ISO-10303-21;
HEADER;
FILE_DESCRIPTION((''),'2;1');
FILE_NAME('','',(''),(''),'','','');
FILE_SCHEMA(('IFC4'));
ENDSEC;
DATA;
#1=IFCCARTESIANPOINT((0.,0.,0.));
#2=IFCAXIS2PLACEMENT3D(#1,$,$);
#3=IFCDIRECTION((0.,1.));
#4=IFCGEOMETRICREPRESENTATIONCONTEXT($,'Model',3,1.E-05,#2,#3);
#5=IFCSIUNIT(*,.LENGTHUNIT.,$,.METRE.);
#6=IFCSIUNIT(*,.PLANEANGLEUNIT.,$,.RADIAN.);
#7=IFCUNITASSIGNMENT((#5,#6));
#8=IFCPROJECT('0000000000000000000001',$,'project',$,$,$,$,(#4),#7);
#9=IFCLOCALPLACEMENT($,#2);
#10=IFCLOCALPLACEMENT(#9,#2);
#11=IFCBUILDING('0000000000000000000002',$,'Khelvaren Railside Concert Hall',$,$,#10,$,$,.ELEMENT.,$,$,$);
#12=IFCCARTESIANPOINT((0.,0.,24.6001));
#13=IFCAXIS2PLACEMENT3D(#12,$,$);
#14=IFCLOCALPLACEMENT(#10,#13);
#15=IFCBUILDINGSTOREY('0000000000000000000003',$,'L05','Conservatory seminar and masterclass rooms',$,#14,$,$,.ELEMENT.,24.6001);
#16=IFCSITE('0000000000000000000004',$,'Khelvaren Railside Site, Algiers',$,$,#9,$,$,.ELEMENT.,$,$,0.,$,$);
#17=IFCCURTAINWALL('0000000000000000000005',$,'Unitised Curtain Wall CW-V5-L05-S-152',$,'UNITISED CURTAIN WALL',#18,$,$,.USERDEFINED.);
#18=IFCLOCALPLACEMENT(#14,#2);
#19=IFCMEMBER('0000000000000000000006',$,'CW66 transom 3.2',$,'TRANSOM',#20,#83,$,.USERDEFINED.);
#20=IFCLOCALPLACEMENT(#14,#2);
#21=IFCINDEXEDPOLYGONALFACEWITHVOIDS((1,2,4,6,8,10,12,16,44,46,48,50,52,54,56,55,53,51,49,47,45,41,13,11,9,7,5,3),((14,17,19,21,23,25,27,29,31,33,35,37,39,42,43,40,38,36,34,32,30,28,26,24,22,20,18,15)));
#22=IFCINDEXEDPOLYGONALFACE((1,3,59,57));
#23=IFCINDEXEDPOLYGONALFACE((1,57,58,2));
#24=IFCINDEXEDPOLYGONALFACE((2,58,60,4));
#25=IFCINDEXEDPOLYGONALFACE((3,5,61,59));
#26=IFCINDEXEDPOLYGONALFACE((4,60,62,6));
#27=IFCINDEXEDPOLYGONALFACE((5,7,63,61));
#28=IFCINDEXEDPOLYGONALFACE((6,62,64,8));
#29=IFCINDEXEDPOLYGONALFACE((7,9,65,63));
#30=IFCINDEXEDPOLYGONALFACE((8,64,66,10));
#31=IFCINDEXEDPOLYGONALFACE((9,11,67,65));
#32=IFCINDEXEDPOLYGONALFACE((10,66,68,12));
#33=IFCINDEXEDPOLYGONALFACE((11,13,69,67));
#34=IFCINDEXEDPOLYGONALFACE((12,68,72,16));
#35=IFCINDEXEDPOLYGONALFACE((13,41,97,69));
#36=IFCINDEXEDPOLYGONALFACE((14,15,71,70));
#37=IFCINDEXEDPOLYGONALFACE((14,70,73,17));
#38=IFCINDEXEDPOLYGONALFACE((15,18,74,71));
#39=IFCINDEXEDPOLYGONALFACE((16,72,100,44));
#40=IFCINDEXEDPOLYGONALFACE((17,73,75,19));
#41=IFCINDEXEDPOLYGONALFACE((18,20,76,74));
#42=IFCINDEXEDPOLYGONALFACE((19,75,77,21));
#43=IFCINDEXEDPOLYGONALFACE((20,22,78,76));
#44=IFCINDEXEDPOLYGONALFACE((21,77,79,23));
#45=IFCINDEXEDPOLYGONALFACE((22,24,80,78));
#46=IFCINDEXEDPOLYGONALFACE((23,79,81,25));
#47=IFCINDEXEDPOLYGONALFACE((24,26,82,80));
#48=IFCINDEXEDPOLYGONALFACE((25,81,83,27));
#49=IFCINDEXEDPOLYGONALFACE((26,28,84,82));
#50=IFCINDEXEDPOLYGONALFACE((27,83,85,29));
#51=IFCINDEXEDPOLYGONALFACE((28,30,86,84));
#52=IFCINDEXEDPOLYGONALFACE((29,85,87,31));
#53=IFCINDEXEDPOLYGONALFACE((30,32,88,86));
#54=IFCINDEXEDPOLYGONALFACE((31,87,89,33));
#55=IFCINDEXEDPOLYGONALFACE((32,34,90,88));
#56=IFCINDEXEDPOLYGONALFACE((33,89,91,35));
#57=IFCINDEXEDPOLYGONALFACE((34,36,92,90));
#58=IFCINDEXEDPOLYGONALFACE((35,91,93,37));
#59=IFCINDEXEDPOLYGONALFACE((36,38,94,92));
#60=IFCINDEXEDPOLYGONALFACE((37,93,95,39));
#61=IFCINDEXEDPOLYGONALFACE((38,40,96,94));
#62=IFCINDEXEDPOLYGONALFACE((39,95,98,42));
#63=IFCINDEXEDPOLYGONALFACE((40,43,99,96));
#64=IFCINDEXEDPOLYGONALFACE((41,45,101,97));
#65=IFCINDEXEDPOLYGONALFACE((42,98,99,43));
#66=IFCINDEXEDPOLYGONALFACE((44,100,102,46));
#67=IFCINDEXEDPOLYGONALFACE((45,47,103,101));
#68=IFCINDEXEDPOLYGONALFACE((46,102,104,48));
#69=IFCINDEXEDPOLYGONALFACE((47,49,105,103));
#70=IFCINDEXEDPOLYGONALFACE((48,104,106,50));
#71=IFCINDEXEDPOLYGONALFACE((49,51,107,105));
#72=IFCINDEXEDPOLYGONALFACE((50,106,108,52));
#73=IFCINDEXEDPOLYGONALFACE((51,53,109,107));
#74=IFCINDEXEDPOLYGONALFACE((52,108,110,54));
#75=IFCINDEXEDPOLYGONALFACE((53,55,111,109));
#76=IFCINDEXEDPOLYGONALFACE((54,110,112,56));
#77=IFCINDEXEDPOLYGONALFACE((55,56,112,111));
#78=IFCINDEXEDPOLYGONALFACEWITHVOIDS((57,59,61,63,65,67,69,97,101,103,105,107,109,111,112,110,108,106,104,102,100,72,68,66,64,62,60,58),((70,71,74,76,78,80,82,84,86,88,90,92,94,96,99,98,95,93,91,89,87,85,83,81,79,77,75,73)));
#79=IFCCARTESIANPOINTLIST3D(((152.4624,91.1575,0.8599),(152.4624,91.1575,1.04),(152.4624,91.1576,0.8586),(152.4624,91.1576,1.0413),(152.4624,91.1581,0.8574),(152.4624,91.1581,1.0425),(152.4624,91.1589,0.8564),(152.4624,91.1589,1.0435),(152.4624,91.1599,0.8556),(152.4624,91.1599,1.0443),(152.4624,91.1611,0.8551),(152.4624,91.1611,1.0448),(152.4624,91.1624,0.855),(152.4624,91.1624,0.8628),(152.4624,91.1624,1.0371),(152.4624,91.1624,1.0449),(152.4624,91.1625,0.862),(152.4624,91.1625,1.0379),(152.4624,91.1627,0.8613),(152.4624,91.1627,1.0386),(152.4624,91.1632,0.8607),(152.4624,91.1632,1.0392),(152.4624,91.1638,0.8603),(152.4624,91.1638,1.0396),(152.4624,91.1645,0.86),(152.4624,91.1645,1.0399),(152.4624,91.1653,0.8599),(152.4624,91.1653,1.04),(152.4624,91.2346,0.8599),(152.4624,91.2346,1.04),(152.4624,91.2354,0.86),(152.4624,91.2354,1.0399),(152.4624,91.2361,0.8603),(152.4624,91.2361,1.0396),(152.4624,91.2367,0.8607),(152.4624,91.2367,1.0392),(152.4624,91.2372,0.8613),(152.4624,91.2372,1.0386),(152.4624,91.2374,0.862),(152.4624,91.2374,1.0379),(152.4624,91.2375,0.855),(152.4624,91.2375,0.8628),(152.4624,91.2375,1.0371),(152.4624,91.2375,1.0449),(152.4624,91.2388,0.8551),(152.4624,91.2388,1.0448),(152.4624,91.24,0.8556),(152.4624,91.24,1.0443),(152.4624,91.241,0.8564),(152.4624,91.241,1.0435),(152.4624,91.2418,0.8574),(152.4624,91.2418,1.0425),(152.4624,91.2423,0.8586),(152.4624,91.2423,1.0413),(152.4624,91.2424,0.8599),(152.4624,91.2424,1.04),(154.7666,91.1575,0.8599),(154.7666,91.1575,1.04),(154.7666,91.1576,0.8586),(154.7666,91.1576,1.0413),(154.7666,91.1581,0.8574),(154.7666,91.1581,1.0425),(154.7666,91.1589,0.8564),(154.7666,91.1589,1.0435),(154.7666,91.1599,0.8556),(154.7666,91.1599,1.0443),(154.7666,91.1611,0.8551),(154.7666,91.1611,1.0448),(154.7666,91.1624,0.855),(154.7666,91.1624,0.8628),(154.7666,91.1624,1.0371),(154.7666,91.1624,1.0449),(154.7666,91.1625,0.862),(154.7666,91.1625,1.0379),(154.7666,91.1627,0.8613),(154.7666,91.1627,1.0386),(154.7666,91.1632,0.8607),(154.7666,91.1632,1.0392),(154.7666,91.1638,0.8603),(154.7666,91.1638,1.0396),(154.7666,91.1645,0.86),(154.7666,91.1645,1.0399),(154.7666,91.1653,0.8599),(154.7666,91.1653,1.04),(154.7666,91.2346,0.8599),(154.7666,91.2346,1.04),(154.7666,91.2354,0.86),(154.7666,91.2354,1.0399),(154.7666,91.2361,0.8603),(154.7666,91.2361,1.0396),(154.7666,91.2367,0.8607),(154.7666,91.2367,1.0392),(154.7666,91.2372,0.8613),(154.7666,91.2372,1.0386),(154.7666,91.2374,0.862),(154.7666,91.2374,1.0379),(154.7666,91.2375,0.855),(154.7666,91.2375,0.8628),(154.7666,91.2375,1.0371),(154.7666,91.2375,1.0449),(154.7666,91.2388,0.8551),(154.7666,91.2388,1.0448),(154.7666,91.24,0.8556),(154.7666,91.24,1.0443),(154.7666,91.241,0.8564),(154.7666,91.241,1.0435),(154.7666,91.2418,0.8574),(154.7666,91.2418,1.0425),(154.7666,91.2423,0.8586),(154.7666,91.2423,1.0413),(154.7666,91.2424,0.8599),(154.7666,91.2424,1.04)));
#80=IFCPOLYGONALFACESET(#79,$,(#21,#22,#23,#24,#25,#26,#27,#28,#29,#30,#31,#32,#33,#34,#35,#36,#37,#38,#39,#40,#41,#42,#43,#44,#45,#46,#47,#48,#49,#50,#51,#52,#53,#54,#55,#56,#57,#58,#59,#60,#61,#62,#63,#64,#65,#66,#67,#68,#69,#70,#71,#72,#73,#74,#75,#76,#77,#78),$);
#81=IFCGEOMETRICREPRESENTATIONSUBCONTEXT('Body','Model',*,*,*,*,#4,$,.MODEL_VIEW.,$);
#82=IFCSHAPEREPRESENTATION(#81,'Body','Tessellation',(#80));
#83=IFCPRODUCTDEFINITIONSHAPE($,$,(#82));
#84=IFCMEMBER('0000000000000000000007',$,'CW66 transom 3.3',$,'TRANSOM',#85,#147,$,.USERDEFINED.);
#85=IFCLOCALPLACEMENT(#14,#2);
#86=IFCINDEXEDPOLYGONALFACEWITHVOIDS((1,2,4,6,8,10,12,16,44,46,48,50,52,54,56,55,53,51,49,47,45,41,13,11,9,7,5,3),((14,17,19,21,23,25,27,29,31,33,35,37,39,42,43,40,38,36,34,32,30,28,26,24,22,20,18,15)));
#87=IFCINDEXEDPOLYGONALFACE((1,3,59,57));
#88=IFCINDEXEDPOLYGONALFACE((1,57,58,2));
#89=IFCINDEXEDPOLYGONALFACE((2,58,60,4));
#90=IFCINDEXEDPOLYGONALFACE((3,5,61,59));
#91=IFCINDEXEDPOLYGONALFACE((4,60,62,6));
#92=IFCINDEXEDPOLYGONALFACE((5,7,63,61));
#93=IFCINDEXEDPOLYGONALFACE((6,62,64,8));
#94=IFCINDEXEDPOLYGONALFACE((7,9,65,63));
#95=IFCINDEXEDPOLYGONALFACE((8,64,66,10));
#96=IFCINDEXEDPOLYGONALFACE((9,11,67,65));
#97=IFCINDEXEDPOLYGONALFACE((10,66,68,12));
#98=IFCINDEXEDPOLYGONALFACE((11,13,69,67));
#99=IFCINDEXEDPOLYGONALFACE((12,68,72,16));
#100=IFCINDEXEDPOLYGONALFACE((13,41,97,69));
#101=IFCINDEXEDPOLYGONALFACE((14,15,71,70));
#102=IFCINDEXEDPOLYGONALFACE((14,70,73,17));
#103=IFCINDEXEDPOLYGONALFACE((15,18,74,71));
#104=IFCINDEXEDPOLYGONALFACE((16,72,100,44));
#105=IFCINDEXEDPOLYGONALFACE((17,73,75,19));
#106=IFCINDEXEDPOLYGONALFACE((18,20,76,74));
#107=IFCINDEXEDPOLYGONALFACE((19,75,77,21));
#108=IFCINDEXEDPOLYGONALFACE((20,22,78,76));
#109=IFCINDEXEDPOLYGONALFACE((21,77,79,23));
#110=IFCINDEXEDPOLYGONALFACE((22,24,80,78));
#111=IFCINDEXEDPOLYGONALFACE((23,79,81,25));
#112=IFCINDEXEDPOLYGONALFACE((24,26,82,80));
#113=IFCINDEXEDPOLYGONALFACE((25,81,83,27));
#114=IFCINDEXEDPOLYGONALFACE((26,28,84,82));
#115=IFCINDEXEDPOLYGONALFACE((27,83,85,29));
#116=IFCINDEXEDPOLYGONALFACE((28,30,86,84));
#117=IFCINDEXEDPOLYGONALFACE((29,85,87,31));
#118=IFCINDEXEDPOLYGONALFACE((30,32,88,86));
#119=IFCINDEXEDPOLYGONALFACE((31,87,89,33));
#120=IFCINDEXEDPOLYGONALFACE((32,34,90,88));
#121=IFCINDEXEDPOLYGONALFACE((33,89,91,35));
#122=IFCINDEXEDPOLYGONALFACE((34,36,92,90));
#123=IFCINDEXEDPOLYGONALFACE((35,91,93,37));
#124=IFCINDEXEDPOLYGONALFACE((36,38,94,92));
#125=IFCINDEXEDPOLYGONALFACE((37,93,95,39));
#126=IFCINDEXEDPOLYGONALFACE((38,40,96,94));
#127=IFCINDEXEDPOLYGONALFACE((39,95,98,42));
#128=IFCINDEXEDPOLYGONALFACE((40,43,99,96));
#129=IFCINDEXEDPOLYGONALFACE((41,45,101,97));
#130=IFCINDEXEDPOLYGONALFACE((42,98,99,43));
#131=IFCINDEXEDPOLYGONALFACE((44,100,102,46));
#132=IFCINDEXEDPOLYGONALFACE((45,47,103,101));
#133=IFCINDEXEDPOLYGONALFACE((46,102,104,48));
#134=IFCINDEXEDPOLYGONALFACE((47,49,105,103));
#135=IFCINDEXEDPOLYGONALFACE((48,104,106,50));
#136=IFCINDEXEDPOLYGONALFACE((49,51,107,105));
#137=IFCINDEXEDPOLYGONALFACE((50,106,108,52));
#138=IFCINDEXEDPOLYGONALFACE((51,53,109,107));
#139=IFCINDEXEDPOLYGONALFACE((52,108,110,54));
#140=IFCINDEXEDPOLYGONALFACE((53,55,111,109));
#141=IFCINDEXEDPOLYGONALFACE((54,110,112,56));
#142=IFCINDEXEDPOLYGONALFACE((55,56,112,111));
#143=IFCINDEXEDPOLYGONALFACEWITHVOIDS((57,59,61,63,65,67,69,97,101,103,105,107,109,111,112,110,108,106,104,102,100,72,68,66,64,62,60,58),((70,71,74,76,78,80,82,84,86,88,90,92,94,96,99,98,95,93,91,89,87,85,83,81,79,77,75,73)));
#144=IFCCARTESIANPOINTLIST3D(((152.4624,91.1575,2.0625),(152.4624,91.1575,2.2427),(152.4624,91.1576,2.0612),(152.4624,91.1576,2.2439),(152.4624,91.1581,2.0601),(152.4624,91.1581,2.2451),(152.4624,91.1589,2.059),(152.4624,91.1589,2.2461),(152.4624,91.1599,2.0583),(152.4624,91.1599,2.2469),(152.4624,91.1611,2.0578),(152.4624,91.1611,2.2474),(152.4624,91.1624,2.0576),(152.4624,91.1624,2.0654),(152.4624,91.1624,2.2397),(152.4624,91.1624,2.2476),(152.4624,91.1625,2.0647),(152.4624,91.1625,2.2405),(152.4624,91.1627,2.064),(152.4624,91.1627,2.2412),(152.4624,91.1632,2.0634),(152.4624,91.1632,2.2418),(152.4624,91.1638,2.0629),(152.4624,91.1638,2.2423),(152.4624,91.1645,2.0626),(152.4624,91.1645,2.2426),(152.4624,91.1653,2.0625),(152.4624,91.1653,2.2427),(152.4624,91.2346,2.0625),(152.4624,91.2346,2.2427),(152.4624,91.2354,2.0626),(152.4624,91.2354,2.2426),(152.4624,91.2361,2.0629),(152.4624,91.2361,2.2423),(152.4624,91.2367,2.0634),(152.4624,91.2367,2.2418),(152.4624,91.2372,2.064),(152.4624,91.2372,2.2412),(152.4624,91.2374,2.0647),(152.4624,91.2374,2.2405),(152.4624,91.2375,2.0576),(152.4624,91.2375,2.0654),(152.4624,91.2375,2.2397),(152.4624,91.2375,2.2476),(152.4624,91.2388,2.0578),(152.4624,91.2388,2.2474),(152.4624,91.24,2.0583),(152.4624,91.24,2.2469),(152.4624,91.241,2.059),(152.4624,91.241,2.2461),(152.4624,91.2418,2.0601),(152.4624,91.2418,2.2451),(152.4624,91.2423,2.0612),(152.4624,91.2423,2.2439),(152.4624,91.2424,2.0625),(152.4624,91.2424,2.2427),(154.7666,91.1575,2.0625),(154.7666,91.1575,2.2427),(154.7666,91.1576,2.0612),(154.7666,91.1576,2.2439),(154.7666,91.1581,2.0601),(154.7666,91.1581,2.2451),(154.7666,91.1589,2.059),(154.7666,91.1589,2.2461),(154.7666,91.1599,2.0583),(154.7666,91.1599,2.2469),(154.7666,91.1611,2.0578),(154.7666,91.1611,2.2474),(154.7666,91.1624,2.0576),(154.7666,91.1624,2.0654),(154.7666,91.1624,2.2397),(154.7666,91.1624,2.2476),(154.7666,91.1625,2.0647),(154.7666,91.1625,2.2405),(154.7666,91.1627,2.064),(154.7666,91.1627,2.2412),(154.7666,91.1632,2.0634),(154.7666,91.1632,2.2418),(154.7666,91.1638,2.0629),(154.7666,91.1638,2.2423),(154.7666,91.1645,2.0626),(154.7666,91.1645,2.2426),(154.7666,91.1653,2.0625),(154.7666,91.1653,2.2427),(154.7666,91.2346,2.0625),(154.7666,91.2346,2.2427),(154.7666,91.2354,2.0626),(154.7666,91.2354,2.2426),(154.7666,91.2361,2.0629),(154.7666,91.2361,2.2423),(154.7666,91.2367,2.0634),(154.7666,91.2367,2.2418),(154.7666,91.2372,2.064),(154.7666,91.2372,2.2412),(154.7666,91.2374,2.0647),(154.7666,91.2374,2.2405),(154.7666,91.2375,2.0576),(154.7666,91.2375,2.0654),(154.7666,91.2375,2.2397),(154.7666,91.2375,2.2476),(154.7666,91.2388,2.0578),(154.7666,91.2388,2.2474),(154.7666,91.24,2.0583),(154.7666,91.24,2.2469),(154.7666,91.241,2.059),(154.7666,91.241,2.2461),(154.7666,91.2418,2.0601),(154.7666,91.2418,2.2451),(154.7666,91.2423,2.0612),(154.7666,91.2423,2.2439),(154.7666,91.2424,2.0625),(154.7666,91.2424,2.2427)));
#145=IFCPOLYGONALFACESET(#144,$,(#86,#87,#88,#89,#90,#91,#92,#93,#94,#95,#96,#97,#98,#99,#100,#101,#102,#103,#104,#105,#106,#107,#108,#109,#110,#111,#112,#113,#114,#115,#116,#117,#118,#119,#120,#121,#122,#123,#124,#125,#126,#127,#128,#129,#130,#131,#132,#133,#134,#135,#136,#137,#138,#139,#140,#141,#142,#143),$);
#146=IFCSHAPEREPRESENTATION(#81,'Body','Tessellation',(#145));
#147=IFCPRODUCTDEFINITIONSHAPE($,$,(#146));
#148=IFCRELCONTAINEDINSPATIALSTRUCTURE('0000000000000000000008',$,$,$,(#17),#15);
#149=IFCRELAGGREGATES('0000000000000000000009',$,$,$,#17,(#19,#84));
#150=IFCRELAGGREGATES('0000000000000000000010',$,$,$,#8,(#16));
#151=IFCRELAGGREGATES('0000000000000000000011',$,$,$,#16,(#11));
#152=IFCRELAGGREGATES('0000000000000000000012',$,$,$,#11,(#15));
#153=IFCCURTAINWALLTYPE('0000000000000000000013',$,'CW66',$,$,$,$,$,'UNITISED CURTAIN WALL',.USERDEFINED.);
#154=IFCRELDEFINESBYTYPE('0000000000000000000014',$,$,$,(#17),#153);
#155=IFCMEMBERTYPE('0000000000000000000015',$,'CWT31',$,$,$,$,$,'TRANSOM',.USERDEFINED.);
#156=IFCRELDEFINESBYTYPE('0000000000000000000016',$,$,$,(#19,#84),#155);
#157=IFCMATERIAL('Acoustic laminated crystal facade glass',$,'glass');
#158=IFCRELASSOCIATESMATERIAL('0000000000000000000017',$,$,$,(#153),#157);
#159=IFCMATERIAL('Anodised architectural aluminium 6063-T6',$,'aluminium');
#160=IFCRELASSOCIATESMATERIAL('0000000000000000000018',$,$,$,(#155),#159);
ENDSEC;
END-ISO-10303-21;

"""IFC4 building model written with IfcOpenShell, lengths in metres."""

from ifc_helpers import new_model, si_unit, direction, frame, origin, origin_2d, place, context, subcontext, project, spatial, hollow_rectangle, extrude, material, material_profile, profile_set, type_object, element, aggregate, save


model = new_model("IFC4")

# Units and contexts
model_context = context("Model", 3, precision=1e-05, world=origin(), true_north=direction((0.0, 1.0)))
body_context = subcontext(model_context, "Body", "Model", "MODEL_VIEW")
ifc_project = project(units=[si_unit("LENGTHUNIT", "METRE"), si_unit("PLANEANGLEUNIT", "RADIAN")], contexts=[model_context])

# Site, building, storey
site_placement = place(None, origin())
site = spatial("IfcSite", under=ifc_project, at=site_placement, Name="Khelvaren Railside Site, Algiers", CompositionType="ELEMENT", RefElevation=0.0)
building_placement = place(site_placement, origin())
building = spatial("IfcBuilding", under=site, at=building_placement, Name="Khelvaren Railside Concert Hall", CompositionType="ELEMENT")
storey_placement = place(building_placement, frame((0.0, 0.0, 24.6001)))
storey = spatial("IfcBuildingStorey", under=building, at=storey_placement, Name="L05", Description="Conservatory seminar and masterclass rooms", CompositionType="ELEMENT", Elevation=24.6001)

# Curtain wall, members
ifc_material_1 = material(Name="Acoustic laminated crystal facade glass", Category="glass")
curtain_wall_type = type_object("IfcCurtainWallType", Name="CW66", ElementType="UNITISED CURTAIN WALL", PredefinedType="USERDEFINED", material=ifc_material_1)
curtain_wall_placement = place(storey_placement, origin())
curtain_wall = element("IfcCurtainWall", 1, at=curtain_wall_placement, inside=storey, type_object=curtain_wall_type, Name="Unitised Curtain Wall CW-V5-L05-S-152", ObjectType="UNITISED CURTAIN WALL", PredefinedType="USERDEFINED")
ifc_material_2 = material(Name="Anodised architectural aluminium 6063-T6", Category="aluminium")
ifc_material_profile_1 = material_profile(ifc_material_2, hollow_rectangle(XDim=0.085, YDim=0.1899, WallThickness=0.0049, InnerFilletRadius=0.0029, OuterFilletRadius=0.0049, at=origin_2d()), Name="CWT 85x190x5")
ifc_profile_set_1 = profile_set([ifc_material_profile_1], Name="Anodised architectural aluminium 6063-T6")
member_type_1 = type_object("IfcMemberType", Name="CWT31", ElementType="TRANSOM", PredefinedType="USERDEFINED", material=ifc_profile_set_1)
member_1_placement = place(storey_placement, frame((154.7666, 91.2, 0.95), z_axis=(-1.0, 0.0, 0.0), x_axis=(0.0, -1.0, 0.0)))
member_1 = element("IfcMember", 2, at=member_1_placement, type_object=member_type_1, Name="CW66 transom 3.2", ObjectType="TRANSOM", PredefinedType="USERDEFINED", context=body_context, shape_type="SweptSolid", body=[
    extrude(hollow_rectangle(XDim=0.085, YDim=0.1899, WallThickness=0.0049, InnerFilletRadius=0.0029, OuterFilletRadius=0.0049, at=origin_2d()), origin(), (0.0, 0.0, 1.0), 2.3042),
])
member_2_placement = place(storey_placement, frame((154.7666, 91.2, 2.1526), z_axis=(-1.0, 0.0, 0.0), x_axis=(0.0, -1.0, 0.0)))
member_2 = element("IfcMember", 3, at=member_2_placement, type_object=member_type_1, Name="CW66 transom 3.3", ObjectType="TRANSOM", PredefinedType="USERDEFINED", context=body_context, shape_type="SweptSolid", body=[
    extrude(hollow_rectangle(XDim=0.085, YDim=0.1899, WallThickness=0.0049, InnerFilletRadius=0.0029, OuterFilletRadius=0.0049, at=origin_2d()), origin(), (0.0, 0.0, 1.0), 2.3042),
])
aggregate(curtain_wall, [member_1, member_2])

save(model, "model.ifc")
